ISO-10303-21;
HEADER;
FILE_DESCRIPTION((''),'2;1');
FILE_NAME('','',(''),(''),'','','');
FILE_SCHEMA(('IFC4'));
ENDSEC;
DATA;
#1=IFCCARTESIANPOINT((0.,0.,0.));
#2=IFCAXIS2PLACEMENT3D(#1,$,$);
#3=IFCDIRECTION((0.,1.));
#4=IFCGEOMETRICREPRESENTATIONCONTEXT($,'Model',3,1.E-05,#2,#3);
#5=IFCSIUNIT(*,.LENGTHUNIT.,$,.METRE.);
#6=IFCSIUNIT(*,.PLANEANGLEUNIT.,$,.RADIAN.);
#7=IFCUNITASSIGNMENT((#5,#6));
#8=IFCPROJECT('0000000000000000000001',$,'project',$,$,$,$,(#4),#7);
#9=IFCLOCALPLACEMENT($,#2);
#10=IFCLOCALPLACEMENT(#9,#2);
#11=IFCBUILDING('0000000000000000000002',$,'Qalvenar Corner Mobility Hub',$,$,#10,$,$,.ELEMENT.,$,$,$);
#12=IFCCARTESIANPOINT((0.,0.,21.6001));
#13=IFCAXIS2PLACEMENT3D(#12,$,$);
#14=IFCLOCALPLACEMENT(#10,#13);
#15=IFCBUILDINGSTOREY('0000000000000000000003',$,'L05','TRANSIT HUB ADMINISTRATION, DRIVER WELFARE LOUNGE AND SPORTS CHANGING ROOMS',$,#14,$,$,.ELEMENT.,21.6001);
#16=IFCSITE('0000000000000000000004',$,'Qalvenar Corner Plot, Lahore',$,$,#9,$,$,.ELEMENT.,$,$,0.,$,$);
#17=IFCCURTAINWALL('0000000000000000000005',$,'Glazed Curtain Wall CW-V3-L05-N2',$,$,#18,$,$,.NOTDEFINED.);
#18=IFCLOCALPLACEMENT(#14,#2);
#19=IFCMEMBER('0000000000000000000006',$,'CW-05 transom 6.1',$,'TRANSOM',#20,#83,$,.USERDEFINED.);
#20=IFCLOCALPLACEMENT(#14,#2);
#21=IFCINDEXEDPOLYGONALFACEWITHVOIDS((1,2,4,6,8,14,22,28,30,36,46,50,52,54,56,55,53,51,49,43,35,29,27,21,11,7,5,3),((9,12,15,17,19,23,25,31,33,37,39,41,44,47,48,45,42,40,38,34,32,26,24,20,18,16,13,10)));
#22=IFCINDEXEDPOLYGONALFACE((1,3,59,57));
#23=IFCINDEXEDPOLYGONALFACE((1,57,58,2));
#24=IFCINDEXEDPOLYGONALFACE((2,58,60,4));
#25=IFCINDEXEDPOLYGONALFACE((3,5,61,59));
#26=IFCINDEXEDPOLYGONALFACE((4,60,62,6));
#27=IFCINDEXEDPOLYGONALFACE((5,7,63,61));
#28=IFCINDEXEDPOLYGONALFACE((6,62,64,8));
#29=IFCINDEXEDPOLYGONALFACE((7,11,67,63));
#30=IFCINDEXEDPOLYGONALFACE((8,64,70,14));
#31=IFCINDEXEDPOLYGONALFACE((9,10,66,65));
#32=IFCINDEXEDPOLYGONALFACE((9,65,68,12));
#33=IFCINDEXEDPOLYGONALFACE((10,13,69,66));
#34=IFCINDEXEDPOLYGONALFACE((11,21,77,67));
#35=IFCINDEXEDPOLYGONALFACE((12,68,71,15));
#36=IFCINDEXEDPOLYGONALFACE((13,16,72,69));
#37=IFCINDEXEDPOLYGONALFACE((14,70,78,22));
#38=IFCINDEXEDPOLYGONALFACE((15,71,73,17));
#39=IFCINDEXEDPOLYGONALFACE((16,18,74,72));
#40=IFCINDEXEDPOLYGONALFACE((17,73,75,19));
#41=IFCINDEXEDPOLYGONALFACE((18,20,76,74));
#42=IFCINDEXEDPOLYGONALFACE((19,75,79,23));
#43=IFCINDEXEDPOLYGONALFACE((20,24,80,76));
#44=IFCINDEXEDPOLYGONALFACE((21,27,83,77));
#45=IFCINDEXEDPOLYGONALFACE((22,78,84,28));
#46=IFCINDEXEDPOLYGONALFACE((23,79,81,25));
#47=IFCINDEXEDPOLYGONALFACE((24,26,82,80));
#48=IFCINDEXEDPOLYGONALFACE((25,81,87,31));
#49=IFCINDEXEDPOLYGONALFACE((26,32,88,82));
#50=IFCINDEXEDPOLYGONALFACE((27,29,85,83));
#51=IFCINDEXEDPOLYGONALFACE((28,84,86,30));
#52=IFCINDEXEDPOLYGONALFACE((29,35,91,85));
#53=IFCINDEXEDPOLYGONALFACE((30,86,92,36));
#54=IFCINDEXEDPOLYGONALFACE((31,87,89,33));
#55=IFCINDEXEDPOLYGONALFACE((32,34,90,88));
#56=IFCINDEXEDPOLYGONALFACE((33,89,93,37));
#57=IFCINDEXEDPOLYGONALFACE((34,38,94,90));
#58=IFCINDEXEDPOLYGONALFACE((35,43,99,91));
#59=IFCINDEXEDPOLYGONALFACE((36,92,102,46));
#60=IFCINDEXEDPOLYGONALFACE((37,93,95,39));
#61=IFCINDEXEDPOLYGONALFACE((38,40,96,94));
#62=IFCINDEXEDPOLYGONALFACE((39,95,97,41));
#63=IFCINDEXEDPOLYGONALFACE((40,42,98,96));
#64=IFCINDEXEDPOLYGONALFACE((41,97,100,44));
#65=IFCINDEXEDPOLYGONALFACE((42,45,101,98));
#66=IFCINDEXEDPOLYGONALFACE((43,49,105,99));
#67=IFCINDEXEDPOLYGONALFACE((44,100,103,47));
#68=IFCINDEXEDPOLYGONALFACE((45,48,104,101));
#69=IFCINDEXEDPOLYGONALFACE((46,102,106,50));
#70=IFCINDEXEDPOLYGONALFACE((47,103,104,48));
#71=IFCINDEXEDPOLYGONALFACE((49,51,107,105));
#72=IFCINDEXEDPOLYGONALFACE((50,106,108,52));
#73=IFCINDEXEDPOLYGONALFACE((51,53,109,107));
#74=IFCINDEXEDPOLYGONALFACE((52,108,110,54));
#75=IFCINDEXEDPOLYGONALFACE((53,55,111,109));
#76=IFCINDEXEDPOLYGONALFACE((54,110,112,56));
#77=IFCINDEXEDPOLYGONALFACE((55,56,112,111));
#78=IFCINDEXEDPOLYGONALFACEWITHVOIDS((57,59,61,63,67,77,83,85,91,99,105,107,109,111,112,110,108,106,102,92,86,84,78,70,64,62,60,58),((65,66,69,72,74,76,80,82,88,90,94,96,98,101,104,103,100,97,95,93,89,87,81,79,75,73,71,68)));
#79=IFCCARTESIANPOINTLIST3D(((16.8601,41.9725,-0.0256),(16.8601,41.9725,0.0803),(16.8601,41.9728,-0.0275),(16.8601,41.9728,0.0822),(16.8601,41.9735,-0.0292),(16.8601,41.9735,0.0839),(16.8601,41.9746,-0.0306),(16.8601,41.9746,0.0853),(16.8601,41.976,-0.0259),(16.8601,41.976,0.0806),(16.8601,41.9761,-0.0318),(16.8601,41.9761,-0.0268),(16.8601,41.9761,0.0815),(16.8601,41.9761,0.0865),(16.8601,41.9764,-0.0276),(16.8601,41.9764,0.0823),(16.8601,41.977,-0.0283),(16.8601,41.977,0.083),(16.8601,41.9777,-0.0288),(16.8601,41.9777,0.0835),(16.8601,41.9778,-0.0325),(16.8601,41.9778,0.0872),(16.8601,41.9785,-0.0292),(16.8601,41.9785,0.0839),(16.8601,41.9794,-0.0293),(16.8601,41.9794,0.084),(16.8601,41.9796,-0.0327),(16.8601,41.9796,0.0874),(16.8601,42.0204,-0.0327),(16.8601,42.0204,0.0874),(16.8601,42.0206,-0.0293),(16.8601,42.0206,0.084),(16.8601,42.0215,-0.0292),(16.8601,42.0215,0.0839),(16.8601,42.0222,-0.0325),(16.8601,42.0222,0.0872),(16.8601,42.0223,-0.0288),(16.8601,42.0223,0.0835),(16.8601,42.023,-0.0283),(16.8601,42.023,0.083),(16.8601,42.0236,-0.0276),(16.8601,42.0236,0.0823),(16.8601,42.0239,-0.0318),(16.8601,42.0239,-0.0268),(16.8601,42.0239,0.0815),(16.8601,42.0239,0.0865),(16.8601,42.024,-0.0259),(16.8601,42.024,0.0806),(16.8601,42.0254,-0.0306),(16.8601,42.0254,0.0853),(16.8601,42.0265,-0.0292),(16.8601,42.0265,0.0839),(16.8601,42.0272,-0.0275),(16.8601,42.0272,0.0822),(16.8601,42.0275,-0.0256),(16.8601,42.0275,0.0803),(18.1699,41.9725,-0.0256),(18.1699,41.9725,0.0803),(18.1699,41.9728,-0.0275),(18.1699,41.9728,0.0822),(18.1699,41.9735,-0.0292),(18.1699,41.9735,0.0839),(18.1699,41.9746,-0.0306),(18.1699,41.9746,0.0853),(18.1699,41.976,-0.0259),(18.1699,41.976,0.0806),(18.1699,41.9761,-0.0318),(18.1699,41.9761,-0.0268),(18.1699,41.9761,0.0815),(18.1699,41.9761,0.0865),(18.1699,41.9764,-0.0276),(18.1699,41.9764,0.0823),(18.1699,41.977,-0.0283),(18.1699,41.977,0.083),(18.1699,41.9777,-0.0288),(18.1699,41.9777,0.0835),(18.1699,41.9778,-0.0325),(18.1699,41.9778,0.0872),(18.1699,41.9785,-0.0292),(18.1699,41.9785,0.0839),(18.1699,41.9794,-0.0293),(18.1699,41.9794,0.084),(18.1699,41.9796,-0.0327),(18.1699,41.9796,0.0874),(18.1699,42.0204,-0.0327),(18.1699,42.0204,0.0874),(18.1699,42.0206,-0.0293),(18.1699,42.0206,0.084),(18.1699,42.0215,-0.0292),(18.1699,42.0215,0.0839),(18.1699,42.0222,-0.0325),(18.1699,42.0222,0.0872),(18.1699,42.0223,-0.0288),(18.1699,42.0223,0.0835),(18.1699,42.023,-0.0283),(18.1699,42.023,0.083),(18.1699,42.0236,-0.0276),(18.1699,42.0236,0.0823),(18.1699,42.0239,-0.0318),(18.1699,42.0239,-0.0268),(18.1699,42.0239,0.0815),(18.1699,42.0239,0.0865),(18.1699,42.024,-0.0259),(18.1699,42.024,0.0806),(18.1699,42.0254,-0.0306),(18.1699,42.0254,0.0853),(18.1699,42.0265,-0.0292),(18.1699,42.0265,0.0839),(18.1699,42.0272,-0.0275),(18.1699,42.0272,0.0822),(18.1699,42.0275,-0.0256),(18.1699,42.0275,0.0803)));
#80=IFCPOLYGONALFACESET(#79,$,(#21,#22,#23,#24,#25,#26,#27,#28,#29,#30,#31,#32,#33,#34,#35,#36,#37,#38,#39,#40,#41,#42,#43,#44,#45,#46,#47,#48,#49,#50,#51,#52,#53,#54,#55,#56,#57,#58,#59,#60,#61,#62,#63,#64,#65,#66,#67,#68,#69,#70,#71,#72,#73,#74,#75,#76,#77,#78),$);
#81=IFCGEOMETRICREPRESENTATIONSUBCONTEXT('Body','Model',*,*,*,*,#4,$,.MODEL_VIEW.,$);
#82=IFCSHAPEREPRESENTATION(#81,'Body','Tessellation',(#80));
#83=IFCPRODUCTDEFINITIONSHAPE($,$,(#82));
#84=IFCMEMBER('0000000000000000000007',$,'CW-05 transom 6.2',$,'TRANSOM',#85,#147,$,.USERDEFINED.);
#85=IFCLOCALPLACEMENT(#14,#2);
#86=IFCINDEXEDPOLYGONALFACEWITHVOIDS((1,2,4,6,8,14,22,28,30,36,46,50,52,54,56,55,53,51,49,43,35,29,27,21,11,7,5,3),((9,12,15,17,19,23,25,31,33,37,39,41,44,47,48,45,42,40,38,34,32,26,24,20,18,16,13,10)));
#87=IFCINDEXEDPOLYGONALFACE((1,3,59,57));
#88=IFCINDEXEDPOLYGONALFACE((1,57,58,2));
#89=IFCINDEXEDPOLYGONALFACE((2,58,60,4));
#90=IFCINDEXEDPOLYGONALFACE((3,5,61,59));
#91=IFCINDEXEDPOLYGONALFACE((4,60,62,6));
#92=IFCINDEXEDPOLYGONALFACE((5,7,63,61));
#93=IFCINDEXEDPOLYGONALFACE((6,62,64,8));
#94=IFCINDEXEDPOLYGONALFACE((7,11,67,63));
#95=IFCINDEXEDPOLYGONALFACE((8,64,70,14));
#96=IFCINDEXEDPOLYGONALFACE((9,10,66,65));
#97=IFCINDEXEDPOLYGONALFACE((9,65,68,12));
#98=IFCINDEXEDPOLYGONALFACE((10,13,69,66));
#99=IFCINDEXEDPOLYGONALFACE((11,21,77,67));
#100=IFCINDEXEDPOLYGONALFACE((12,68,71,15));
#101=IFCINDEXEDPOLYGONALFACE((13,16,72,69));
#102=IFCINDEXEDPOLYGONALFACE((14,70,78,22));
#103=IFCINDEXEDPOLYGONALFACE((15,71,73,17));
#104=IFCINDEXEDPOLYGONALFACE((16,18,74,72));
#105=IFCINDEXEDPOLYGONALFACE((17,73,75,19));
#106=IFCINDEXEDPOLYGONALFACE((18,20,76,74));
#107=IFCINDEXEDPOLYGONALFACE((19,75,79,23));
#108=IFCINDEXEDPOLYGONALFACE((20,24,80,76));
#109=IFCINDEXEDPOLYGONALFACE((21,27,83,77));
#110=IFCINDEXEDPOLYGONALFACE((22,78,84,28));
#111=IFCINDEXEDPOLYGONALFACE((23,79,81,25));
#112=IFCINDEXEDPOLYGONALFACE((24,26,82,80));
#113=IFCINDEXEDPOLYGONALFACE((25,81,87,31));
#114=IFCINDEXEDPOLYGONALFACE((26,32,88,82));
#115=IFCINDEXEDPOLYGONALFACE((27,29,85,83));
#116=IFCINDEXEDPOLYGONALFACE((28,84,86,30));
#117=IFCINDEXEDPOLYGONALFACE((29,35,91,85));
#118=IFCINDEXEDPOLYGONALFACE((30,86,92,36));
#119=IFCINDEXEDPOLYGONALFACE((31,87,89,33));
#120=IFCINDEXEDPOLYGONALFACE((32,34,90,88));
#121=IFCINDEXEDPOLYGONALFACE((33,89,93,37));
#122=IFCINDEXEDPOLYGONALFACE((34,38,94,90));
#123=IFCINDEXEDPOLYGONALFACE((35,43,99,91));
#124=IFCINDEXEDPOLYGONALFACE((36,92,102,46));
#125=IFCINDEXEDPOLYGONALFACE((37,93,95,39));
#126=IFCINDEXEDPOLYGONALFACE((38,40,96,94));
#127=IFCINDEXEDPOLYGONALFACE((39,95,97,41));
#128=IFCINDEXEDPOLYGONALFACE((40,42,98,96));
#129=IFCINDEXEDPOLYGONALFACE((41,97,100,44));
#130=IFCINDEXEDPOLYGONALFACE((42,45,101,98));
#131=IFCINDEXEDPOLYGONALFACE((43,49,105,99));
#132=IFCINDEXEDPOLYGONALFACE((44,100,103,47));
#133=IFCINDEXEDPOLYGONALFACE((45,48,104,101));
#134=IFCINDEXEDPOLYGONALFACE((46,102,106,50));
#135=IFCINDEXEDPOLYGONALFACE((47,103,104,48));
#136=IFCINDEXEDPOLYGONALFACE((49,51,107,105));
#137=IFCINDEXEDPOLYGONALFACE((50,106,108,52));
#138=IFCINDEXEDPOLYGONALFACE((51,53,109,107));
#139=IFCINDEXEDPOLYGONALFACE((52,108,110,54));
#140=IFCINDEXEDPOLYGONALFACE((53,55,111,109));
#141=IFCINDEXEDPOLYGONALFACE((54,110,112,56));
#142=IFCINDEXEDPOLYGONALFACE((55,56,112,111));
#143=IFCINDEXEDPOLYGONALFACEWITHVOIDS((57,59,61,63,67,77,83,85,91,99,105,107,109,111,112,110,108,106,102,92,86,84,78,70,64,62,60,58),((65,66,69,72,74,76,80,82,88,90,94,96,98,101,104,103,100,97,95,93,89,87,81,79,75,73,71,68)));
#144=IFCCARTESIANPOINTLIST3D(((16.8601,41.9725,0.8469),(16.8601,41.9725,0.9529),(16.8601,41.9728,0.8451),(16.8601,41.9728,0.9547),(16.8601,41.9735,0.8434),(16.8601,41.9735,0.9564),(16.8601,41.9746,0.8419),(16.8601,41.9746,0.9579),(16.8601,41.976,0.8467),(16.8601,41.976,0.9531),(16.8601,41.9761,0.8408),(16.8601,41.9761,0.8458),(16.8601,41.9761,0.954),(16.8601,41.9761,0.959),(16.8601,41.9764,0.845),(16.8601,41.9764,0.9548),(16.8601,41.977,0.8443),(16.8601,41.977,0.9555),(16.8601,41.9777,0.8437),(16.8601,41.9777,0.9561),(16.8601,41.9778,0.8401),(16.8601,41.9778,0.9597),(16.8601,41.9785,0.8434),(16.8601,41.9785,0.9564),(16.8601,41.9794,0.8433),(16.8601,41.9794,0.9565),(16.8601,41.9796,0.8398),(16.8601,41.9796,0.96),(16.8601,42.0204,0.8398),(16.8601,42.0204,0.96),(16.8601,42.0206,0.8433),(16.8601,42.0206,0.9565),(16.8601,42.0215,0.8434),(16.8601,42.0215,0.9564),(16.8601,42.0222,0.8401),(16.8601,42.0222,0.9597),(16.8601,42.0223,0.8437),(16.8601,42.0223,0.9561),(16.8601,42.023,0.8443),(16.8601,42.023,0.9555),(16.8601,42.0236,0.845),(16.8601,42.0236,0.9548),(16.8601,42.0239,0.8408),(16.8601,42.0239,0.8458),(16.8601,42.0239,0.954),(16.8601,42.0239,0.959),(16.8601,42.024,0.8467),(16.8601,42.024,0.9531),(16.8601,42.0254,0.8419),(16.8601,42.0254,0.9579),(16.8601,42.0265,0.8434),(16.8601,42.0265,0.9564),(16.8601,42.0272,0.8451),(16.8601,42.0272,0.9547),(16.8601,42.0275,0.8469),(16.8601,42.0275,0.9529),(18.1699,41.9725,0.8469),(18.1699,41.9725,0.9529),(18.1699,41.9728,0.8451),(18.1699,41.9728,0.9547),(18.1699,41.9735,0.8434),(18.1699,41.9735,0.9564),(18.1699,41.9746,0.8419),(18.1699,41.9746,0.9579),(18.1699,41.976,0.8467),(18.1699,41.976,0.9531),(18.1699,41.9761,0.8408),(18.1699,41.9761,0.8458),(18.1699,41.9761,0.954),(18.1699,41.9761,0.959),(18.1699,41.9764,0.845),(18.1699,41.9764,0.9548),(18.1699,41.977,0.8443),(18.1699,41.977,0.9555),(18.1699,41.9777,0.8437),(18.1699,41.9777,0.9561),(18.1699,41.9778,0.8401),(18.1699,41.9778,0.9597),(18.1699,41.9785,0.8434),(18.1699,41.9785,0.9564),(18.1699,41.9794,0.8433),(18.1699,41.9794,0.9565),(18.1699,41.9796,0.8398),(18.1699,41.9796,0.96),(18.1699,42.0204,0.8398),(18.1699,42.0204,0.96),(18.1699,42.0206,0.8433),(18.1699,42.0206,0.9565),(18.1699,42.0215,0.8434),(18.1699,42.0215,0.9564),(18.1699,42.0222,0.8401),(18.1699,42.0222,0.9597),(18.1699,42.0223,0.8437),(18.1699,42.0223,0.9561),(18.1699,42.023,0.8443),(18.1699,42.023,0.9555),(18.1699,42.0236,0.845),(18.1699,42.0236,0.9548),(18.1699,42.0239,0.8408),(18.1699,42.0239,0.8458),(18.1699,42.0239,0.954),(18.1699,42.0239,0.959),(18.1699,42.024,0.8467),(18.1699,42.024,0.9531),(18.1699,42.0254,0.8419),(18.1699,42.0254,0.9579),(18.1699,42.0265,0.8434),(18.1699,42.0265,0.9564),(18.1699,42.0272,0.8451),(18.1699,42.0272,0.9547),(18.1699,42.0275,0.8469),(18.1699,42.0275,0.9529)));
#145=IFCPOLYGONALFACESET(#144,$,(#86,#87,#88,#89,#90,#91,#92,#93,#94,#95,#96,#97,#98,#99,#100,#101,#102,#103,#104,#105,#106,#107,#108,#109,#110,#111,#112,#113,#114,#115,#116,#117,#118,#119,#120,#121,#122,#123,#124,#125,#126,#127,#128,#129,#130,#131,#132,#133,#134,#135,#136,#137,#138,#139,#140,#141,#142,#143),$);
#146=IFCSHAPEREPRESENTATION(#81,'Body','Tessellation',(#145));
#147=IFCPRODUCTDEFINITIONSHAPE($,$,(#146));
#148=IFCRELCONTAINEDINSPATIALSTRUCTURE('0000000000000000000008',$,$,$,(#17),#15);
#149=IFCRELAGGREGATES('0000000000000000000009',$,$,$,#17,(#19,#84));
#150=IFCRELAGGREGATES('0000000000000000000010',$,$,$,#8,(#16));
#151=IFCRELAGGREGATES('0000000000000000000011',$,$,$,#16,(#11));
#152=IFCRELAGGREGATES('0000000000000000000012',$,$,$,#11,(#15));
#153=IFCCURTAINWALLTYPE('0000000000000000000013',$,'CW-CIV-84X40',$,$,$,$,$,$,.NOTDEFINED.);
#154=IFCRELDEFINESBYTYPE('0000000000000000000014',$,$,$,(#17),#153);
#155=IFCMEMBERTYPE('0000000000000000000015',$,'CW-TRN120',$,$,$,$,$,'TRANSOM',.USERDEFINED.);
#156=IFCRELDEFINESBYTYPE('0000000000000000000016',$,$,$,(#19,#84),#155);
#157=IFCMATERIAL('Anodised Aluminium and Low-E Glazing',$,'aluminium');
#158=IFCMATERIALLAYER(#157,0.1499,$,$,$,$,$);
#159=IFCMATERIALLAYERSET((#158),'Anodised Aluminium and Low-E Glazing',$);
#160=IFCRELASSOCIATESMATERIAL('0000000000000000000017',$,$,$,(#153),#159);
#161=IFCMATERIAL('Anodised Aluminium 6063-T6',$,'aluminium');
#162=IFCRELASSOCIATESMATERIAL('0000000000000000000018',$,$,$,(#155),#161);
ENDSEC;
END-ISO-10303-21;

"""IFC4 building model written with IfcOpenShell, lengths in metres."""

from ifc_helpers import new_model, si_unit, direction, frame, origin, origin_2d, place, context, subcontext, project, spatial, hollow_rectangle, extrude, material, layer, layer_set, material_profile, profile_set, type_object, element, aggregate, save


model = new_model("IFC4")

# Units and contexts
model_context = context("Model", 3, precision=1e-05, world=origin(), true_north=direction((0.0, 1.0)))
body_context = subcontext(model_context, "Body", "Model", "MODEL_VIEW")
ifc_project = project(units=[si_unit("LENGTHUNIT", "METRE"), si_unit("PLANEANGLEUNIT", "RADIAN")], contexts=[model_context])

# Site, building, storey
site_placement = place(None, origin())
site = spatial("IfcSite", under=ifc_project, at=site_placement, Name="Qalvenar Corner Plot, Lahore", CompositionType="ELEMENT", RefElevation=0.0)
building_placement = place(site_placement, origin())
building = spatial("IfcBuilding", under=site, at=building_placement, Name="Qalvenar Corner Mobility Hub", CompositionType="ELEMENT")
storey_placement = place(building_placement, frame((0.0, 0.0, 21.6001)))
storey = spatial("IfcBuildingStorey", under=building, at=storey_placement, Name="L05", Description="TRANSIT HUB ADMINISTRATION, DRIVER WELFARE LOUNGE AND SPORTS CHANGING ROOMS", CompositionType="ELEMENT", Elevation=21.6001)

# Curtain wall
ifc_material_1 = material(Name="Anodised Aluminium and Low-E Glazing", Category="aluminium")
ifc_layer_1 = layer(ifc_material_1, 0.1499)
ifc_layer_set_1 = layer_set([ifc_layer_1], Name="Anodised Aluminium and Low-E Glazing")
curtain_wall_type = type_object("IfcCurtainWallType", Name="CW-CIV-84X40", PredefinedType="NOTDEFINED", material=ifc_layer_set_1)
ifc_material_2 = material(Name="Anodised Aluminium 6063-T6", Category="aluminium")
curtain_wall_1_placement = place(storey_placement, origin())
curtain_wall_1 = element("IfcCurtainWall", 1, at=curtain_wall_1_placement, inside=storey, type_object=curtain_wall_type, Name="Glazed Curtain Wall CW-V3-L05-N2", PredefinedType="NOTDEFINED")

# Members
ifc_material_profile_1 = material_profile(ifc_material_2, hollow_rectangle(XDim=0.0549, YDim=0.1201, WallThickness=0.0034, InnerFilletRadius=0.0034, OuterFilletRadius=0.0071, at=origin_2d()), Name="RHS120x55x3.5")
ifc_profile_set_1 = profile_set([ifc_material_profile_1], Name="Anodised Aluminium 6063-T6")
member_type_1 = type_object("IfcMemberType", Name="CW-TRN120", ElementType="TRANSOM", PredefinedType="USERDEFINED", material=ifc_profile_set_1)
member_1_placement = place(storey_placement, frame((18.1699, 42.0, 0.0273), z_axis=(-1.0, 0.0, 0.0), x_axis=(0.0, -1.0, 0.0)))
member_1 = element("IfcMember", 2, at=member_1_placement, type_object=member_type_1, Name="CW-05 transom 6.1", ObjectType="TRANSOM", PredefinedType="USERDEFINED", context=body_context, shape_type="SweptSolid", body=[
    extrude(hollow_rectangle(XDim=0.0549, YDim=0.1201, WallThickness=0.0034, InnerFilletRadius=0.0034, OuterFilletRadius=0.0071, at=origin_2d()), origin(), (0.0, 0.0, 1.0), 1.3098),
])
member_2_placement = place(storey_placement, frame((18.1699, 42.0, 0.8999), z_axis=(-1.0, 0.0, 0.0), x_axis=(0.0, -1.0, 0.0)))
member_2 = element("IfcMember", 3, at=member_2_placement, type_object=member_type_1, Name="CW-05 transom 6.2", ObjectType="TRANSOM", PredefinedType="USERDEFINED", context=body_context, shape_type="SweptSolid", body=[
    extrude(hollow_rectangle(XDim=0.0549, YDim=0.1201, WallThickness=0.0034, InnerFilletRadius=0.0034, OuterFilletRadius=0.0071, at=origin_2d()), origin(), (0.0, 0.0, 1.0), 1.3098),
])

aggregate(curtain_wall_1, [member_1, member_2])

save(model, "model.ifc")
